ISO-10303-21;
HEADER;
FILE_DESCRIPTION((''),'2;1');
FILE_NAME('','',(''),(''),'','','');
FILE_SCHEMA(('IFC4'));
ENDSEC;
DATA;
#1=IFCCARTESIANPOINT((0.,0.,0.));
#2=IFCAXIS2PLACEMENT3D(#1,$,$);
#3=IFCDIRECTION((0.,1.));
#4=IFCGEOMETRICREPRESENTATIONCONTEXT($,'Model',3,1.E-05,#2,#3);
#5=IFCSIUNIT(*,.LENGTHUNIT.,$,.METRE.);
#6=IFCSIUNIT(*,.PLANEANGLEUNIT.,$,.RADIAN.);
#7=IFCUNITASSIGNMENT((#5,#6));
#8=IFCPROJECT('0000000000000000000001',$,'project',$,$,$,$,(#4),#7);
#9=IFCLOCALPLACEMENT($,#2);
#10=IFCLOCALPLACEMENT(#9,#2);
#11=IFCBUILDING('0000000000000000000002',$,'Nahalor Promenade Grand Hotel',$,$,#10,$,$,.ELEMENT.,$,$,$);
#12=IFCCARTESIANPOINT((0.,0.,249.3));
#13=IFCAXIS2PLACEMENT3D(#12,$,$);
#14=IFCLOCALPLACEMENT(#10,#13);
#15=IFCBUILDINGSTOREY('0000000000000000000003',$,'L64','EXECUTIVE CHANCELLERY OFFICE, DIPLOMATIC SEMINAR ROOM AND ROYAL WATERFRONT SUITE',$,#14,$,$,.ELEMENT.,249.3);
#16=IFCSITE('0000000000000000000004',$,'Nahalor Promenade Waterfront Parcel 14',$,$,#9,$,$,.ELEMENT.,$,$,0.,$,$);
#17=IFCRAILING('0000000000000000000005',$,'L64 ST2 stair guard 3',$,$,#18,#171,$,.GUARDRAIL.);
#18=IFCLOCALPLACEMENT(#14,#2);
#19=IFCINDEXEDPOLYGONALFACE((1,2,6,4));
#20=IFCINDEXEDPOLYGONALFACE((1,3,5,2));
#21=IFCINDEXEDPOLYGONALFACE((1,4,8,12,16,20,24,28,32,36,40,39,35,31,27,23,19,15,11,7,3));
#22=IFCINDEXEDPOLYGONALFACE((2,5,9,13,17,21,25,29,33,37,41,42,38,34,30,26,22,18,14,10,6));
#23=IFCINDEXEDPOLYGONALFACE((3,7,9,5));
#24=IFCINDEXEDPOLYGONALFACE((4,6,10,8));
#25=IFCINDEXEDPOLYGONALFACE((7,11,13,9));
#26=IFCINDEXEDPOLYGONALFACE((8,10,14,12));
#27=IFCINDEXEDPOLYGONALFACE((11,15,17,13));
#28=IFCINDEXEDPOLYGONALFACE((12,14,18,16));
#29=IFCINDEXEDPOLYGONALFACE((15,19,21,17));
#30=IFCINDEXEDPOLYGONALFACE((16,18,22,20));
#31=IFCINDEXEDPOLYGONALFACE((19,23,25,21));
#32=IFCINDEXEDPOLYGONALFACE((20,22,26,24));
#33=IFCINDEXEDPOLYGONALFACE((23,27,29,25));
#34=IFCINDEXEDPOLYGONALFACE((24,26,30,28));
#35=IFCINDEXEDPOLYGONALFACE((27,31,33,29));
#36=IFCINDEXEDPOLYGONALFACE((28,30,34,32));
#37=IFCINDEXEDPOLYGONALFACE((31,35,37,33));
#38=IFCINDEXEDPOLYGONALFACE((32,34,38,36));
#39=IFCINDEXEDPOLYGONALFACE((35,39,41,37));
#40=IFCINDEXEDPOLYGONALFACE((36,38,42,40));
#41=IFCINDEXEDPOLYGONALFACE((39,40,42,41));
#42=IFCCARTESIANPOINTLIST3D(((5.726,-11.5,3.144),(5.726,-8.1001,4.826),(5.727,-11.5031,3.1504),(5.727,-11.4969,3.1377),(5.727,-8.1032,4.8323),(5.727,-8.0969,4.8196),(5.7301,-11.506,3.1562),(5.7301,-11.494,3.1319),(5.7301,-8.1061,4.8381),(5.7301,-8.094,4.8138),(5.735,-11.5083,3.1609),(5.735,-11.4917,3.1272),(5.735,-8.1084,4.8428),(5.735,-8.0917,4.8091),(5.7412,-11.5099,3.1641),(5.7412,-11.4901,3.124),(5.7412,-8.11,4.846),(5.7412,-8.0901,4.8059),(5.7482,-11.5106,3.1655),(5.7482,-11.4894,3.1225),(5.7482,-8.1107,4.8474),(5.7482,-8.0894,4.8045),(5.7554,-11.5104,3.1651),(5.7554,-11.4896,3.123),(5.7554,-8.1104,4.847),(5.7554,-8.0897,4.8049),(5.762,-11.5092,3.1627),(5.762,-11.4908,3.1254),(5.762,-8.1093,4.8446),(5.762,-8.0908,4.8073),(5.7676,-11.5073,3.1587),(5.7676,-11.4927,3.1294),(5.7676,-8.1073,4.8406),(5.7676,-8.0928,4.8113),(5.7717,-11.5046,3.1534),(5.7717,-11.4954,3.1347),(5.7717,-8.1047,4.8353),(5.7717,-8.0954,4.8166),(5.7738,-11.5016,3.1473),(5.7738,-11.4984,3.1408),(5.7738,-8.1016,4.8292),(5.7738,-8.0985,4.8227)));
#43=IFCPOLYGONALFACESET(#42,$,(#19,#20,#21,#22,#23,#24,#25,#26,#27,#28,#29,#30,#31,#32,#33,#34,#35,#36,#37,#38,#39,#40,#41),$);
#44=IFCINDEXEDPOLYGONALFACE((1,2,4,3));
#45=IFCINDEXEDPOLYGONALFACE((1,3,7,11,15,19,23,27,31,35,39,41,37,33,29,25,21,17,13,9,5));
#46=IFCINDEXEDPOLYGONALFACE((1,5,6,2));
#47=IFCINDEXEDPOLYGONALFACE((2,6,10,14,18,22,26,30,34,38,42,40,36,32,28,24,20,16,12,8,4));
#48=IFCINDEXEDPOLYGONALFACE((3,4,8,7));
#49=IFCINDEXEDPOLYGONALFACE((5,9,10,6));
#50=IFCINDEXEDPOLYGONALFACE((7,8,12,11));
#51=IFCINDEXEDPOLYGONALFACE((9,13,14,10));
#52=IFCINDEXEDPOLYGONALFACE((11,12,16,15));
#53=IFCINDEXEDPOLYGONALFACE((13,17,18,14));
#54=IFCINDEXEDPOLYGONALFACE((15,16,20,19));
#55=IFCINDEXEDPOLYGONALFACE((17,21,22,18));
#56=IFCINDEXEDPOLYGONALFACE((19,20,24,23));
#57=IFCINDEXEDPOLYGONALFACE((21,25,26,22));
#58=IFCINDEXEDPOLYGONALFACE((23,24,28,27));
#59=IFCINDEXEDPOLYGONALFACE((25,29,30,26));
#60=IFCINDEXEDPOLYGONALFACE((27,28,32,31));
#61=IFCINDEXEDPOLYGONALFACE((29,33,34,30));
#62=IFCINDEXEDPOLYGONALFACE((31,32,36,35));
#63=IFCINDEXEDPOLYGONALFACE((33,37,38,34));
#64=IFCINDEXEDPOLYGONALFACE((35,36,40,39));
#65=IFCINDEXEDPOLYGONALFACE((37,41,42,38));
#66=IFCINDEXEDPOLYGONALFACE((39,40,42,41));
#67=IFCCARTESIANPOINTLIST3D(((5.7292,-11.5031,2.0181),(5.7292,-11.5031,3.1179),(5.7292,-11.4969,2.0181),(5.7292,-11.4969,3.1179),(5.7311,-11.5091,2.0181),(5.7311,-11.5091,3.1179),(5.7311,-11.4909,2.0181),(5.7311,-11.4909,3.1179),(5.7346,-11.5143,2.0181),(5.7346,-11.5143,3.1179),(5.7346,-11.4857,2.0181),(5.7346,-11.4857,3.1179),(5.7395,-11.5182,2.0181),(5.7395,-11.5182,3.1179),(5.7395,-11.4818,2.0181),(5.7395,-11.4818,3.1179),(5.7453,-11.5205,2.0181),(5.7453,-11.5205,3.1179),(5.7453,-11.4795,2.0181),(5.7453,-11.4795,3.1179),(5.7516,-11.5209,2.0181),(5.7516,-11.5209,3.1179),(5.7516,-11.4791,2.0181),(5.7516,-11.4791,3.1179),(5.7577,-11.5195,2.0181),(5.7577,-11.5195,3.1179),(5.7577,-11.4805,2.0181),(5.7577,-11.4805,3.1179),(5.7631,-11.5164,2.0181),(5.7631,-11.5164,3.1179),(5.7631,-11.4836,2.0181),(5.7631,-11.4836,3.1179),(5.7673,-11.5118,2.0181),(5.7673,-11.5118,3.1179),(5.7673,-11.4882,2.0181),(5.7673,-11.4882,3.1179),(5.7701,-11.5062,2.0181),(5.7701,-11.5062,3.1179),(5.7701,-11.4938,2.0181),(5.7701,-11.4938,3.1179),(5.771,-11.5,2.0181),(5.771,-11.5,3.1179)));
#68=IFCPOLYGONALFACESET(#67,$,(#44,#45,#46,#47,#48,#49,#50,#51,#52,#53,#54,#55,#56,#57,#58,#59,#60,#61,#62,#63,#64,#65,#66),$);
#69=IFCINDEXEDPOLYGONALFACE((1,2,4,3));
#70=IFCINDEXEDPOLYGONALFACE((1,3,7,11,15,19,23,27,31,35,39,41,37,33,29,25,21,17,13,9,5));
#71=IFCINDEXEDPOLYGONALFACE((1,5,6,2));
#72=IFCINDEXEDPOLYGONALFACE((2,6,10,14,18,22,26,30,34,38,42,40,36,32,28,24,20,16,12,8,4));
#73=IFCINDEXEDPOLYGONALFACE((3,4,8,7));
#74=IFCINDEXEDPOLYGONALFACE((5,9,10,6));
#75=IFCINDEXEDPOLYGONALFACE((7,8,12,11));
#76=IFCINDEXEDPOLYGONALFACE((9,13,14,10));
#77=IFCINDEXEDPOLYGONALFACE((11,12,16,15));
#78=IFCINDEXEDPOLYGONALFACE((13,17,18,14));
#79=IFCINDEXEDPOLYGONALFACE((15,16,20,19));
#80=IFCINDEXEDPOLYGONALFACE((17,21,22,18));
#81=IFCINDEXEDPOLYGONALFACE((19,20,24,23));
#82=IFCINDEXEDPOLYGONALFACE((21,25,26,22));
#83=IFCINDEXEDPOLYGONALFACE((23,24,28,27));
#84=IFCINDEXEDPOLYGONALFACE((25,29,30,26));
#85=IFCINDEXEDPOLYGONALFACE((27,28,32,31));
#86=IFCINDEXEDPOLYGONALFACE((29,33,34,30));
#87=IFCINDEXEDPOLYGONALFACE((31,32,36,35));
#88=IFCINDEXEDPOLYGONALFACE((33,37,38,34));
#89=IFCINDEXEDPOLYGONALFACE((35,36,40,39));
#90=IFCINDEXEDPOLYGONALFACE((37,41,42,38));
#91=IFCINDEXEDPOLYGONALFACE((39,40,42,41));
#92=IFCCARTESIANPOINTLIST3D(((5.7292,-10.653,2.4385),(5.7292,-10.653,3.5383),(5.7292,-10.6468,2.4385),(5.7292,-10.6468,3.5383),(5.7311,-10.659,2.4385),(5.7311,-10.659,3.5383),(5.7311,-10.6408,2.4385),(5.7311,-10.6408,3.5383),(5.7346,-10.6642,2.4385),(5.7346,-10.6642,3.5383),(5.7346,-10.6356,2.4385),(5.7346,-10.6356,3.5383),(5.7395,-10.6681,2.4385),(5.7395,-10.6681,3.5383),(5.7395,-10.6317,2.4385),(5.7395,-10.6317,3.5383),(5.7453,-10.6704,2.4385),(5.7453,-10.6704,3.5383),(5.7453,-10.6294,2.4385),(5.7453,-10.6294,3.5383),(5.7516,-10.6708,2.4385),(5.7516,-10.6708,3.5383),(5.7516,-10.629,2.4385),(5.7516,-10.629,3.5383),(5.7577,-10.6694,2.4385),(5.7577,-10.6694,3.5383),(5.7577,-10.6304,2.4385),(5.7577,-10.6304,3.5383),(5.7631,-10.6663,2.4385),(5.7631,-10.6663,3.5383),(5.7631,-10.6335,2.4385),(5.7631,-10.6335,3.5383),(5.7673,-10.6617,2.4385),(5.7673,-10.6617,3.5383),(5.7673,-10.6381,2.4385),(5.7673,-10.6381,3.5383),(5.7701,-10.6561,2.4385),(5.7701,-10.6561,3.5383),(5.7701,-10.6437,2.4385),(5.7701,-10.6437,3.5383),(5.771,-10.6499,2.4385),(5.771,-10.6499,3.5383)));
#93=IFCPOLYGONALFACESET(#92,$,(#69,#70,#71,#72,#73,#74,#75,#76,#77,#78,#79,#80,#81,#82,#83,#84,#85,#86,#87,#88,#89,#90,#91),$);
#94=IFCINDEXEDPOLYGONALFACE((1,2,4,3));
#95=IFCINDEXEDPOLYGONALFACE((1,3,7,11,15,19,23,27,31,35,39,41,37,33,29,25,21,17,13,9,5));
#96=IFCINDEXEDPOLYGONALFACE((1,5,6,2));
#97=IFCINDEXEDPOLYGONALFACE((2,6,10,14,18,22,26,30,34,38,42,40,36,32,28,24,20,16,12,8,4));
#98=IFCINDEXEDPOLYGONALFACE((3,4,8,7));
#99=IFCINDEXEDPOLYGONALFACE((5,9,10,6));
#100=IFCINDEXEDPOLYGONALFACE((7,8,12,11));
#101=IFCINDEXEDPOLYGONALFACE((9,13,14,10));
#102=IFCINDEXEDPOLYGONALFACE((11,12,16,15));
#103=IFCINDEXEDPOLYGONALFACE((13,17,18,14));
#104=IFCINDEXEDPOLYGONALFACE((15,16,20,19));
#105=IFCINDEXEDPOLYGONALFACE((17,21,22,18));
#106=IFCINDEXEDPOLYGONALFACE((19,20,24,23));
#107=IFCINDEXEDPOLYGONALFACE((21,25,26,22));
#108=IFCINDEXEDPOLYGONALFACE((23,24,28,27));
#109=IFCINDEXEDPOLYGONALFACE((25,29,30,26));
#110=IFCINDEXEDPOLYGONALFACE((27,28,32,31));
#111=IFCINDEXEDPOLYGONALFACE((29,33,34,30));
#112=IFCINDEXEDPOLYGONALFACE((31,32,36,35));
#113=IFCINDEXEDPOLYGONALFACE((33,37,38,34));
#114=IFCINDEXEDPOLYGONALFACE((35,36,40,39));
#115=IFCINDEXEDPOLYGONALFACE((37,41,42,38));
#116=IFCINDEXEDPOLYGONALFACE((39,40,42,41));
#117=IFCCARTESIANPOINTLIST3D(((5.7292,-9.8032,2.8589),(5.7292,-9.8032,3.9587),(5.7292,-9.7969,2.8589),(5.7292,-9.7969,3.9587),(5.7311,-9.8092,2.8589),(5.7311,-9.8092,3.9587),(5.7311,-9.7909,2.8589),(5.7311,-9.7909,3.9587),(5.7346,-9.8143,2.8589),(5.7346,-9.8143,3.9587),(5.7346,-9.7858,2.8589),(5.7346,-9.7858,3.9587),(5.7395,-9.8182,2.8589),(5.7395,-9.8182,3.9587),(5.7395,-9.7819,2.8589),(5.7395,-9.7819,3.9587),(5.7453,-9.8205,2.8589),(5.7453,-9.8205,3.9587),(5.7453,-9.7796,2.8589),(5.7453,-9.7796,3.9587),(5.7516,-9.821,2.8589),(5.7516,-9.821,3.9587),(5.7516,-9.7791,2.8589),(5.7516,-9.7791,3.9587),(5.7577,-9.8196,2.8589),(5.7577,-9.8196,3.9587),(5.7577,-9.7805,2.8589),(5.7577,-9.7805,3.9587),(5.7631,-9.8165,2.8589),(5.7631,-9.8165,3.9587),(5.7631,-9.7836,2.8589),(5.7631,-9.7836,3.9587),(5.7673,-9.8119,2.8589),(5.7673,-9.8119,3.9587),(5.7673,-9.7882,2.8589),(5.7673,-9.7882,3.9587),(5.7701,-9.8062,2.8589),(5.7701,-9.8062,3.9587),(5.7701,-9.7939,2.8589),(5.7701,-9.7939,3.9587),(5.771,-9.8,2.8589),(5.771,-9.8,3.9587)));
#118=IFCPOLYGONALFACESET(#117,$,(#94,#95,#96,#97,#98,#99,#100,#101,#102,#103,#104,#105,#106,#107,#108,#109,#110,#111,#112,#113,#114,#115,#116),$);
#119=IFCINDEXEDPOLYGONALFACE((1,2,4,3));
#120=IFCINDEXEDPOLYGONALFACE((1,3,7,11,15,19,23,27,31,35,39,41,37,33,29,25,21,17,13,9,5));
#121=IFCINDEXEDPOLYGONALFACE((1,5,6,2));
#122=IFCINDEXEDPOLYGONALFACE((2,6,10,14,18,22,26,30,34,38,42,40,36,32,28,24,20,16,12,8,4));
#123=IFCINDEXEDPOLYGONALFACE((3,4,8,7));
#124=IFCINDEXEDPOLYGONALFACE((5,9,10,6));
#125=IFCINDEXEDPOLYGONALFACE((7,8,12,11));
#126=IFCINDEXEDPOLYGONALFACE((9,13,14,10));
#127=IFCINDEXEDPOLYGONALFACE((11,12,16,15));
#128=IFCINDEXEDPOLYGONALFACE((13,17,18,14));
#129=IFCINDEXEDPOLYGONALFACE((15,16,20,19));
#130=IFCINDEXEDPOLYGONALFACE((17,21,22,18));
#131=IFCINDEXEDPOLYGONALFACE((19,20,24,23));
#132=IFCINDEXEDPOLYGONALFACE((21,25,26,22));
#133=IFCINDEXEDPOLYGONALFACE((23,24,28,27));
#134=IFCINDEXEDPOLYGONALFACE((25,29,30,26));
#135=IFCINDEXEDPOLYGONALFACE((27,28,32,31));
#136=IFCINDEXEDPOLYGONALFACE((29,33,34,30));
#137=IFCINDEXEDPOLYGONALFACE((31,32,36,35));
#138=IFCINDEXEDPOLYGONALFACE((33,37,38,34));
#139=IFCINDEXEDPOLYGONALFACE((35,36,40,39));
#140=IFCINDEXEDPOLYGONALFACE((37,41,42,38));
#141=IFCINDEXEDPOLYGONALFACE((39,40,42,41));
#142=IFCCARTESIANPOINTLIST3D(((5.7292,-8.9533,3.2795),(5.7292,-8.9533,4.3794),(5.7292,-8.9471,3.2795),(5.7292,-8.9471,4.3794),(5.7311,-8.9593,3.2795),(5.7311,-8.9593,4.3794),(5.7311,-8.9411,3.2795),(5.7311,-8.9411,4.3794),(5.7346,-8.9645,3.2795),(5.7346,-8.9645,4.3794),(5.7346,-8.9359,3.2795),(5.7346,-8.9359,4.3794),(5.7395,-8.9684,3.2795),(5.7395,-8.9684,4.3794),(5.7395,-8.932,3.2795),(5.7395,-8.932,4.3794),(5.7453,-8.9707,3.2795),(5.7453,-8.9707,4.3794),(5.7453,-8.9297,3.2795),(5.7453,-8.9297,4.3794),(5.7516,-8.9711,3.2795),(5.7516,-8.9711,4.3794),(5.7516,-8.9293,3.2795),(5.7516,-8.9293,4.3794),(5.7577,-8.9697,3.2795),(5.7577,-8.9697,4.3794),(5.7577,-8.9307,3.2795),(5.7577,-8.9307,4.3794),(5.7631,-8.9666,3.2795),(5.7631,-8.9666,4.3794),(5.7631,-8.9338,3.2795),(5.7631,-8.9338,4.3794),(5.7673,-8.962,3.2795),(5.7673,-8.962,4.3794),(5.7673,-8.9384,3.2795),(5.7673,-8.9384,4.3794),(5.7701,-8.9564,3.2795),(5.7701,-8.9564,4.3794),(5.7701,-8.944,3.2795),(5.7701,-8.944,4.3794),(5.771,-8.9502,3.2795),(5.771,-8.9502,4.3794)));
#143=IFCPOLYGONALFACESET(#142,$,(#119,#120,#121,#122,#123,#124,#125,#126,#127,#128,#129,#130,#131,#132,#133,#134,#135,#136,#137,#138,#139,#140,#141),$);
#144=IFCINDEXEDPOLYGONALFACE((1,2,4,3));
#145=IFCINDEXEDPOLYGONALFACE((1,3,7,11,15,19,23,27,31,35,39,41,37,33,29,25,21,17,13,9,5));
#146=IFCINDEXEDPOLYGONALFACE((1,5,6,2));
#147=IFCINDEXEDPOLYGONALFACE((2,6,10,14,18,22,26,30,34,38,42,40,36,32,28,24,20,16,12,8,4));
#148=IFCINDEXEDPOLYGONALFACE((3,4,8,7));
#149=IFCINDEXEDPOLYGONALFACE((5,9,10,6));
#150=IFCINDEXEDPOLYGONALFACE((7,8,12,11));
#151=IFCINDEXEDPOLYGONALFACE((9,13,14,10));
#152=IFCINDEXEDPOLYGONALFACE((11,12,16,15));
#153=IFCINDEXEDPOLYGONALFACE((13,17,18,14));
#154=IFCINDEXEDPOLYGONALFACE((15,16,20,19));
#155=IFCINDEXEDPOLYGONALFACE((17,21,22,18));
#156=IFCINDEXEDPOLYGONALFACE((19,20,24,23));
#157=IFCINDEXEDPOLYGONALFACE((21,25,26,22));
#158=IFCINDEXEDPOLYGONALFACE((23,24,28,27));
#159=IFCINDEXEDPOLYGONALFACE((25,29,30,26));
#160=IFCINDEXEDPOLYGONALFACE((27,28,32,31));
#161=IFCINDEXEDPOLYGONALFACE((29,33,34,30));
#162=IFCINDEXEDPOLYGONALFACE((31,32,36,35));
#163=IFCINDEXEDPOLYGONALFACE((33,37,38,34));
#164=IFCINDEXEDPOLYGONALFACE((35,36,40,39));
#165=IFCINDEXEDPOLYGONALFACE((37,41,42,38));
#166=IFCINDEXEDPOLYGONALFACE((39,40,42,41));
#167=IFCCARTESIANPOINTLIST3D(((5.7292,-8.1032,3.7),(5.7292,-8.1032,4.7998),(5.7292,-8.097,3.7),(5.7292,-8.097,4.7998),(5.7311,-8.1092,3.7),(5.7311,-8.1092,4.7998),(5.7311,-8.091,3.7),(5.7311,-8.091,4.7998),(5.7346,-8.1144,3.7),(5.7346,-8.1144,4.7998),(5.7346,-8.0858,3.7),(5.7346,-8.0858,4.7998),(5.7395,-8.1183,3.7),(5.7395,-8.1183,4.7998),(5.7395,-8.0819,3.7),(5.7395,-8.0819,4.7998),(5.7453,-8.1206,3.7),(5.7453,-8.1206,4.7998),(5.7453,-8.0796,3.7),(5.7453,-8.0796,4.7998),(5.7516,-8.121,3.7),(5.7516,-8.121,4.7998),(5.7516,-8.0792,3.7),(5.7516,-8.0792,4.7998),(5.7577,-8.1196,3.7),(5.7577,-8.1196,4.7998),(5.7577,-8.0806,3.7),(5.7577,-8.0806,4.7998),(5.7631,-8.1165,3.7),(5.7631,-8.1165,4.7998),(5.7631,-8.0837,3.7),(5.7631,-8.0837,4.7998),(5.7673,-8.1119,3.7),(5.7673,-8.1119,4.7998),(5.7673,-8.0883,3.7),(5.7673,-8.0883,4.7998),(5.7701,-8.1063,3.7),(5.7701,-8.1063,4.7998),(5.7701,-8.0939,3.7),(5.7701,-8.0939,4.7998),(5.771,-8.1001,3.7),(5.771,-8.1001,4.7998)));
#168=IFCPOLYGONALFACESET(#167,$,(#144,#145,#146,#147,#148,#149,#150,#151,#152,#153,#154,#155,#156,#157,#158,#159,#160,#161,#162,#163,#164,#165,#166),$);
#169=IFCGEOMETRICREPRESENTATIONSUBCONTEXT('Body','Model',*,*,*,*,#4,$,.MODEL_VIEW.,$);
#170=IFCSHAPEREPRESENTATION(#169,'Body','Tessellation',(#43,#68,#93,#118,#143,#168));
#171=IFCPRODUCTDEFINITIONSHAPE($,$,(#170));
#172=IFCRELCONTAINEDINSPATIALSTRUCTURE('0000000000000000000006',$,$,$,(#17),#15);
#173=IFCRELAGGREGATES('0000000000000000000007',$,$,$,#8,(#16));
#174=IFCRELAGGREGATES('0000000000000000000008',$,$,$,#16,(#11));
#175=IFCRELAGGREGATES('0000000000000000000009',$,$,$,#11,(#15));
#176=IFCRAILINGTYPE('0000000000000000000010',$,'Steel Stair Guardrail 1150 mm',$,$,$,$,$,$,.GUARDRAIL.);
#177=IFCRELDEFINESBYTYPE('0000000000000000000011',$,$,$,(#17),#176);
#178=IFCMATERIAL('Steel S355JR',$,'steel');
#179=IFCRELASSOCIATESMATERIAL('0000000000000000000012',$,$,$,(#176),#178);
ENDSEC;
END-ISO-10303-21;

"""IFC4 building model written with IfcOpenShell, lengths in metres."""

from ifc_helpers import new_model, si_unit, direction, frame, origin, origin_2d, place, context, subcontext, project, spatial, circle, extrude, material, type_object, element, save


model = new_model("IFC4")

# Units and contexts
model_context = context("Model", 3, precision=1e-05, world=origin(), true_north=direction((0.0, 1.0)))
body_context = subcontext(model_context, "Body", "Model", "MODEL_VIEW")
ifc_project = project(units=[si_unit("LENGTHUNIT", "METRE"), si_unit("PLANEANGLEUNIT", "RADIAN")], contexts=[model_context])

# Site, building, storey
site_placement = place(None, origin())
site = spatial("IfcSite", under=ifc_project, at=site_placement, Name="Nahalor Promenade Waterfront Parcel 14", CompositionType="ELEMENT", RefElevation=0.0)
building_placement = place(site_placement, origin())
building = spatial("IfcBuilding", under=site, at=building_placement, Name="Nahalor Promenade Grand Hotel", CompositionType="ELEMENT")
storey_placement = place(building_placement, frame((0.0, 0.0, 249.3)))
storey = spatial("IfcBuildingStorey", under=building, at=storey_placement, Name="L64", Description="EXECUTIVE CHANCELLERY OFFICE, DIPLOMATIC SEMINAR ROOM AND ROYAL WATERFRONT SUITE", CompositionType="ELEMENT", Elevation=249.3)

# Shared definitions
ifc_material_1 = material(Name="Steel S355JR", Category="steel")

# Railing
railing_type_1 = type_object("IfcRailingType", Name="Steel Stair Guardrail 1150 mm", PredefinedType="GUARDRAIL", material=ifc_material_1)
railing_1_placement = place(storey_placement, frame((5.75, -11.5, 2.0181)))
element("IfcRailing", 1, at=railing_1_placement, inside=storey, type_object=railing_type_1, Name="L64 ST2 stair guard 3", PredefinedType="GUARDRAIL", context=body_context, shape_type="SweptSolid", body=[
    extrude(circle(Radius=0.024, at=origin_2d()), frame((0.0, 0.0, 1.126), z_axis=(0.0, 0.896324, 0.443399), x_axis=(-1.0, 0.0, 0.0)), (0.0, 0.0, 1.0), 3.7932),
    extrude(circle(Radius=0.021, at=origin_2d()), origin(), (0.0, 0.0, 1.0), 1.0999),
    extrude(circle(Radius=0.021, at=origin_2d()), frame((0.0, 0.8501, 0.4204)), (0.0, 0.0, 1.0), 1.0999),
    extrude(circle(Radius=0.021, at=origin_2d()), frame((0.0, 1.7, 0.8408)), (0.0, 0.0, 1.0), 1.0999),
    extrude(circle(Radius=0.021, at=origin_2d()), frame((0.0, 2.5498, 1.2615)), (0.0, 0.0, 1.0), 1.0999),
    extrude(circle(Radius=0.021, at=origin_2d()), frame((0.0, 3.3999, 1.6819)), (0.0, 0.0, 1.0), 1.0999),
])

save(model, "model.ifc")
